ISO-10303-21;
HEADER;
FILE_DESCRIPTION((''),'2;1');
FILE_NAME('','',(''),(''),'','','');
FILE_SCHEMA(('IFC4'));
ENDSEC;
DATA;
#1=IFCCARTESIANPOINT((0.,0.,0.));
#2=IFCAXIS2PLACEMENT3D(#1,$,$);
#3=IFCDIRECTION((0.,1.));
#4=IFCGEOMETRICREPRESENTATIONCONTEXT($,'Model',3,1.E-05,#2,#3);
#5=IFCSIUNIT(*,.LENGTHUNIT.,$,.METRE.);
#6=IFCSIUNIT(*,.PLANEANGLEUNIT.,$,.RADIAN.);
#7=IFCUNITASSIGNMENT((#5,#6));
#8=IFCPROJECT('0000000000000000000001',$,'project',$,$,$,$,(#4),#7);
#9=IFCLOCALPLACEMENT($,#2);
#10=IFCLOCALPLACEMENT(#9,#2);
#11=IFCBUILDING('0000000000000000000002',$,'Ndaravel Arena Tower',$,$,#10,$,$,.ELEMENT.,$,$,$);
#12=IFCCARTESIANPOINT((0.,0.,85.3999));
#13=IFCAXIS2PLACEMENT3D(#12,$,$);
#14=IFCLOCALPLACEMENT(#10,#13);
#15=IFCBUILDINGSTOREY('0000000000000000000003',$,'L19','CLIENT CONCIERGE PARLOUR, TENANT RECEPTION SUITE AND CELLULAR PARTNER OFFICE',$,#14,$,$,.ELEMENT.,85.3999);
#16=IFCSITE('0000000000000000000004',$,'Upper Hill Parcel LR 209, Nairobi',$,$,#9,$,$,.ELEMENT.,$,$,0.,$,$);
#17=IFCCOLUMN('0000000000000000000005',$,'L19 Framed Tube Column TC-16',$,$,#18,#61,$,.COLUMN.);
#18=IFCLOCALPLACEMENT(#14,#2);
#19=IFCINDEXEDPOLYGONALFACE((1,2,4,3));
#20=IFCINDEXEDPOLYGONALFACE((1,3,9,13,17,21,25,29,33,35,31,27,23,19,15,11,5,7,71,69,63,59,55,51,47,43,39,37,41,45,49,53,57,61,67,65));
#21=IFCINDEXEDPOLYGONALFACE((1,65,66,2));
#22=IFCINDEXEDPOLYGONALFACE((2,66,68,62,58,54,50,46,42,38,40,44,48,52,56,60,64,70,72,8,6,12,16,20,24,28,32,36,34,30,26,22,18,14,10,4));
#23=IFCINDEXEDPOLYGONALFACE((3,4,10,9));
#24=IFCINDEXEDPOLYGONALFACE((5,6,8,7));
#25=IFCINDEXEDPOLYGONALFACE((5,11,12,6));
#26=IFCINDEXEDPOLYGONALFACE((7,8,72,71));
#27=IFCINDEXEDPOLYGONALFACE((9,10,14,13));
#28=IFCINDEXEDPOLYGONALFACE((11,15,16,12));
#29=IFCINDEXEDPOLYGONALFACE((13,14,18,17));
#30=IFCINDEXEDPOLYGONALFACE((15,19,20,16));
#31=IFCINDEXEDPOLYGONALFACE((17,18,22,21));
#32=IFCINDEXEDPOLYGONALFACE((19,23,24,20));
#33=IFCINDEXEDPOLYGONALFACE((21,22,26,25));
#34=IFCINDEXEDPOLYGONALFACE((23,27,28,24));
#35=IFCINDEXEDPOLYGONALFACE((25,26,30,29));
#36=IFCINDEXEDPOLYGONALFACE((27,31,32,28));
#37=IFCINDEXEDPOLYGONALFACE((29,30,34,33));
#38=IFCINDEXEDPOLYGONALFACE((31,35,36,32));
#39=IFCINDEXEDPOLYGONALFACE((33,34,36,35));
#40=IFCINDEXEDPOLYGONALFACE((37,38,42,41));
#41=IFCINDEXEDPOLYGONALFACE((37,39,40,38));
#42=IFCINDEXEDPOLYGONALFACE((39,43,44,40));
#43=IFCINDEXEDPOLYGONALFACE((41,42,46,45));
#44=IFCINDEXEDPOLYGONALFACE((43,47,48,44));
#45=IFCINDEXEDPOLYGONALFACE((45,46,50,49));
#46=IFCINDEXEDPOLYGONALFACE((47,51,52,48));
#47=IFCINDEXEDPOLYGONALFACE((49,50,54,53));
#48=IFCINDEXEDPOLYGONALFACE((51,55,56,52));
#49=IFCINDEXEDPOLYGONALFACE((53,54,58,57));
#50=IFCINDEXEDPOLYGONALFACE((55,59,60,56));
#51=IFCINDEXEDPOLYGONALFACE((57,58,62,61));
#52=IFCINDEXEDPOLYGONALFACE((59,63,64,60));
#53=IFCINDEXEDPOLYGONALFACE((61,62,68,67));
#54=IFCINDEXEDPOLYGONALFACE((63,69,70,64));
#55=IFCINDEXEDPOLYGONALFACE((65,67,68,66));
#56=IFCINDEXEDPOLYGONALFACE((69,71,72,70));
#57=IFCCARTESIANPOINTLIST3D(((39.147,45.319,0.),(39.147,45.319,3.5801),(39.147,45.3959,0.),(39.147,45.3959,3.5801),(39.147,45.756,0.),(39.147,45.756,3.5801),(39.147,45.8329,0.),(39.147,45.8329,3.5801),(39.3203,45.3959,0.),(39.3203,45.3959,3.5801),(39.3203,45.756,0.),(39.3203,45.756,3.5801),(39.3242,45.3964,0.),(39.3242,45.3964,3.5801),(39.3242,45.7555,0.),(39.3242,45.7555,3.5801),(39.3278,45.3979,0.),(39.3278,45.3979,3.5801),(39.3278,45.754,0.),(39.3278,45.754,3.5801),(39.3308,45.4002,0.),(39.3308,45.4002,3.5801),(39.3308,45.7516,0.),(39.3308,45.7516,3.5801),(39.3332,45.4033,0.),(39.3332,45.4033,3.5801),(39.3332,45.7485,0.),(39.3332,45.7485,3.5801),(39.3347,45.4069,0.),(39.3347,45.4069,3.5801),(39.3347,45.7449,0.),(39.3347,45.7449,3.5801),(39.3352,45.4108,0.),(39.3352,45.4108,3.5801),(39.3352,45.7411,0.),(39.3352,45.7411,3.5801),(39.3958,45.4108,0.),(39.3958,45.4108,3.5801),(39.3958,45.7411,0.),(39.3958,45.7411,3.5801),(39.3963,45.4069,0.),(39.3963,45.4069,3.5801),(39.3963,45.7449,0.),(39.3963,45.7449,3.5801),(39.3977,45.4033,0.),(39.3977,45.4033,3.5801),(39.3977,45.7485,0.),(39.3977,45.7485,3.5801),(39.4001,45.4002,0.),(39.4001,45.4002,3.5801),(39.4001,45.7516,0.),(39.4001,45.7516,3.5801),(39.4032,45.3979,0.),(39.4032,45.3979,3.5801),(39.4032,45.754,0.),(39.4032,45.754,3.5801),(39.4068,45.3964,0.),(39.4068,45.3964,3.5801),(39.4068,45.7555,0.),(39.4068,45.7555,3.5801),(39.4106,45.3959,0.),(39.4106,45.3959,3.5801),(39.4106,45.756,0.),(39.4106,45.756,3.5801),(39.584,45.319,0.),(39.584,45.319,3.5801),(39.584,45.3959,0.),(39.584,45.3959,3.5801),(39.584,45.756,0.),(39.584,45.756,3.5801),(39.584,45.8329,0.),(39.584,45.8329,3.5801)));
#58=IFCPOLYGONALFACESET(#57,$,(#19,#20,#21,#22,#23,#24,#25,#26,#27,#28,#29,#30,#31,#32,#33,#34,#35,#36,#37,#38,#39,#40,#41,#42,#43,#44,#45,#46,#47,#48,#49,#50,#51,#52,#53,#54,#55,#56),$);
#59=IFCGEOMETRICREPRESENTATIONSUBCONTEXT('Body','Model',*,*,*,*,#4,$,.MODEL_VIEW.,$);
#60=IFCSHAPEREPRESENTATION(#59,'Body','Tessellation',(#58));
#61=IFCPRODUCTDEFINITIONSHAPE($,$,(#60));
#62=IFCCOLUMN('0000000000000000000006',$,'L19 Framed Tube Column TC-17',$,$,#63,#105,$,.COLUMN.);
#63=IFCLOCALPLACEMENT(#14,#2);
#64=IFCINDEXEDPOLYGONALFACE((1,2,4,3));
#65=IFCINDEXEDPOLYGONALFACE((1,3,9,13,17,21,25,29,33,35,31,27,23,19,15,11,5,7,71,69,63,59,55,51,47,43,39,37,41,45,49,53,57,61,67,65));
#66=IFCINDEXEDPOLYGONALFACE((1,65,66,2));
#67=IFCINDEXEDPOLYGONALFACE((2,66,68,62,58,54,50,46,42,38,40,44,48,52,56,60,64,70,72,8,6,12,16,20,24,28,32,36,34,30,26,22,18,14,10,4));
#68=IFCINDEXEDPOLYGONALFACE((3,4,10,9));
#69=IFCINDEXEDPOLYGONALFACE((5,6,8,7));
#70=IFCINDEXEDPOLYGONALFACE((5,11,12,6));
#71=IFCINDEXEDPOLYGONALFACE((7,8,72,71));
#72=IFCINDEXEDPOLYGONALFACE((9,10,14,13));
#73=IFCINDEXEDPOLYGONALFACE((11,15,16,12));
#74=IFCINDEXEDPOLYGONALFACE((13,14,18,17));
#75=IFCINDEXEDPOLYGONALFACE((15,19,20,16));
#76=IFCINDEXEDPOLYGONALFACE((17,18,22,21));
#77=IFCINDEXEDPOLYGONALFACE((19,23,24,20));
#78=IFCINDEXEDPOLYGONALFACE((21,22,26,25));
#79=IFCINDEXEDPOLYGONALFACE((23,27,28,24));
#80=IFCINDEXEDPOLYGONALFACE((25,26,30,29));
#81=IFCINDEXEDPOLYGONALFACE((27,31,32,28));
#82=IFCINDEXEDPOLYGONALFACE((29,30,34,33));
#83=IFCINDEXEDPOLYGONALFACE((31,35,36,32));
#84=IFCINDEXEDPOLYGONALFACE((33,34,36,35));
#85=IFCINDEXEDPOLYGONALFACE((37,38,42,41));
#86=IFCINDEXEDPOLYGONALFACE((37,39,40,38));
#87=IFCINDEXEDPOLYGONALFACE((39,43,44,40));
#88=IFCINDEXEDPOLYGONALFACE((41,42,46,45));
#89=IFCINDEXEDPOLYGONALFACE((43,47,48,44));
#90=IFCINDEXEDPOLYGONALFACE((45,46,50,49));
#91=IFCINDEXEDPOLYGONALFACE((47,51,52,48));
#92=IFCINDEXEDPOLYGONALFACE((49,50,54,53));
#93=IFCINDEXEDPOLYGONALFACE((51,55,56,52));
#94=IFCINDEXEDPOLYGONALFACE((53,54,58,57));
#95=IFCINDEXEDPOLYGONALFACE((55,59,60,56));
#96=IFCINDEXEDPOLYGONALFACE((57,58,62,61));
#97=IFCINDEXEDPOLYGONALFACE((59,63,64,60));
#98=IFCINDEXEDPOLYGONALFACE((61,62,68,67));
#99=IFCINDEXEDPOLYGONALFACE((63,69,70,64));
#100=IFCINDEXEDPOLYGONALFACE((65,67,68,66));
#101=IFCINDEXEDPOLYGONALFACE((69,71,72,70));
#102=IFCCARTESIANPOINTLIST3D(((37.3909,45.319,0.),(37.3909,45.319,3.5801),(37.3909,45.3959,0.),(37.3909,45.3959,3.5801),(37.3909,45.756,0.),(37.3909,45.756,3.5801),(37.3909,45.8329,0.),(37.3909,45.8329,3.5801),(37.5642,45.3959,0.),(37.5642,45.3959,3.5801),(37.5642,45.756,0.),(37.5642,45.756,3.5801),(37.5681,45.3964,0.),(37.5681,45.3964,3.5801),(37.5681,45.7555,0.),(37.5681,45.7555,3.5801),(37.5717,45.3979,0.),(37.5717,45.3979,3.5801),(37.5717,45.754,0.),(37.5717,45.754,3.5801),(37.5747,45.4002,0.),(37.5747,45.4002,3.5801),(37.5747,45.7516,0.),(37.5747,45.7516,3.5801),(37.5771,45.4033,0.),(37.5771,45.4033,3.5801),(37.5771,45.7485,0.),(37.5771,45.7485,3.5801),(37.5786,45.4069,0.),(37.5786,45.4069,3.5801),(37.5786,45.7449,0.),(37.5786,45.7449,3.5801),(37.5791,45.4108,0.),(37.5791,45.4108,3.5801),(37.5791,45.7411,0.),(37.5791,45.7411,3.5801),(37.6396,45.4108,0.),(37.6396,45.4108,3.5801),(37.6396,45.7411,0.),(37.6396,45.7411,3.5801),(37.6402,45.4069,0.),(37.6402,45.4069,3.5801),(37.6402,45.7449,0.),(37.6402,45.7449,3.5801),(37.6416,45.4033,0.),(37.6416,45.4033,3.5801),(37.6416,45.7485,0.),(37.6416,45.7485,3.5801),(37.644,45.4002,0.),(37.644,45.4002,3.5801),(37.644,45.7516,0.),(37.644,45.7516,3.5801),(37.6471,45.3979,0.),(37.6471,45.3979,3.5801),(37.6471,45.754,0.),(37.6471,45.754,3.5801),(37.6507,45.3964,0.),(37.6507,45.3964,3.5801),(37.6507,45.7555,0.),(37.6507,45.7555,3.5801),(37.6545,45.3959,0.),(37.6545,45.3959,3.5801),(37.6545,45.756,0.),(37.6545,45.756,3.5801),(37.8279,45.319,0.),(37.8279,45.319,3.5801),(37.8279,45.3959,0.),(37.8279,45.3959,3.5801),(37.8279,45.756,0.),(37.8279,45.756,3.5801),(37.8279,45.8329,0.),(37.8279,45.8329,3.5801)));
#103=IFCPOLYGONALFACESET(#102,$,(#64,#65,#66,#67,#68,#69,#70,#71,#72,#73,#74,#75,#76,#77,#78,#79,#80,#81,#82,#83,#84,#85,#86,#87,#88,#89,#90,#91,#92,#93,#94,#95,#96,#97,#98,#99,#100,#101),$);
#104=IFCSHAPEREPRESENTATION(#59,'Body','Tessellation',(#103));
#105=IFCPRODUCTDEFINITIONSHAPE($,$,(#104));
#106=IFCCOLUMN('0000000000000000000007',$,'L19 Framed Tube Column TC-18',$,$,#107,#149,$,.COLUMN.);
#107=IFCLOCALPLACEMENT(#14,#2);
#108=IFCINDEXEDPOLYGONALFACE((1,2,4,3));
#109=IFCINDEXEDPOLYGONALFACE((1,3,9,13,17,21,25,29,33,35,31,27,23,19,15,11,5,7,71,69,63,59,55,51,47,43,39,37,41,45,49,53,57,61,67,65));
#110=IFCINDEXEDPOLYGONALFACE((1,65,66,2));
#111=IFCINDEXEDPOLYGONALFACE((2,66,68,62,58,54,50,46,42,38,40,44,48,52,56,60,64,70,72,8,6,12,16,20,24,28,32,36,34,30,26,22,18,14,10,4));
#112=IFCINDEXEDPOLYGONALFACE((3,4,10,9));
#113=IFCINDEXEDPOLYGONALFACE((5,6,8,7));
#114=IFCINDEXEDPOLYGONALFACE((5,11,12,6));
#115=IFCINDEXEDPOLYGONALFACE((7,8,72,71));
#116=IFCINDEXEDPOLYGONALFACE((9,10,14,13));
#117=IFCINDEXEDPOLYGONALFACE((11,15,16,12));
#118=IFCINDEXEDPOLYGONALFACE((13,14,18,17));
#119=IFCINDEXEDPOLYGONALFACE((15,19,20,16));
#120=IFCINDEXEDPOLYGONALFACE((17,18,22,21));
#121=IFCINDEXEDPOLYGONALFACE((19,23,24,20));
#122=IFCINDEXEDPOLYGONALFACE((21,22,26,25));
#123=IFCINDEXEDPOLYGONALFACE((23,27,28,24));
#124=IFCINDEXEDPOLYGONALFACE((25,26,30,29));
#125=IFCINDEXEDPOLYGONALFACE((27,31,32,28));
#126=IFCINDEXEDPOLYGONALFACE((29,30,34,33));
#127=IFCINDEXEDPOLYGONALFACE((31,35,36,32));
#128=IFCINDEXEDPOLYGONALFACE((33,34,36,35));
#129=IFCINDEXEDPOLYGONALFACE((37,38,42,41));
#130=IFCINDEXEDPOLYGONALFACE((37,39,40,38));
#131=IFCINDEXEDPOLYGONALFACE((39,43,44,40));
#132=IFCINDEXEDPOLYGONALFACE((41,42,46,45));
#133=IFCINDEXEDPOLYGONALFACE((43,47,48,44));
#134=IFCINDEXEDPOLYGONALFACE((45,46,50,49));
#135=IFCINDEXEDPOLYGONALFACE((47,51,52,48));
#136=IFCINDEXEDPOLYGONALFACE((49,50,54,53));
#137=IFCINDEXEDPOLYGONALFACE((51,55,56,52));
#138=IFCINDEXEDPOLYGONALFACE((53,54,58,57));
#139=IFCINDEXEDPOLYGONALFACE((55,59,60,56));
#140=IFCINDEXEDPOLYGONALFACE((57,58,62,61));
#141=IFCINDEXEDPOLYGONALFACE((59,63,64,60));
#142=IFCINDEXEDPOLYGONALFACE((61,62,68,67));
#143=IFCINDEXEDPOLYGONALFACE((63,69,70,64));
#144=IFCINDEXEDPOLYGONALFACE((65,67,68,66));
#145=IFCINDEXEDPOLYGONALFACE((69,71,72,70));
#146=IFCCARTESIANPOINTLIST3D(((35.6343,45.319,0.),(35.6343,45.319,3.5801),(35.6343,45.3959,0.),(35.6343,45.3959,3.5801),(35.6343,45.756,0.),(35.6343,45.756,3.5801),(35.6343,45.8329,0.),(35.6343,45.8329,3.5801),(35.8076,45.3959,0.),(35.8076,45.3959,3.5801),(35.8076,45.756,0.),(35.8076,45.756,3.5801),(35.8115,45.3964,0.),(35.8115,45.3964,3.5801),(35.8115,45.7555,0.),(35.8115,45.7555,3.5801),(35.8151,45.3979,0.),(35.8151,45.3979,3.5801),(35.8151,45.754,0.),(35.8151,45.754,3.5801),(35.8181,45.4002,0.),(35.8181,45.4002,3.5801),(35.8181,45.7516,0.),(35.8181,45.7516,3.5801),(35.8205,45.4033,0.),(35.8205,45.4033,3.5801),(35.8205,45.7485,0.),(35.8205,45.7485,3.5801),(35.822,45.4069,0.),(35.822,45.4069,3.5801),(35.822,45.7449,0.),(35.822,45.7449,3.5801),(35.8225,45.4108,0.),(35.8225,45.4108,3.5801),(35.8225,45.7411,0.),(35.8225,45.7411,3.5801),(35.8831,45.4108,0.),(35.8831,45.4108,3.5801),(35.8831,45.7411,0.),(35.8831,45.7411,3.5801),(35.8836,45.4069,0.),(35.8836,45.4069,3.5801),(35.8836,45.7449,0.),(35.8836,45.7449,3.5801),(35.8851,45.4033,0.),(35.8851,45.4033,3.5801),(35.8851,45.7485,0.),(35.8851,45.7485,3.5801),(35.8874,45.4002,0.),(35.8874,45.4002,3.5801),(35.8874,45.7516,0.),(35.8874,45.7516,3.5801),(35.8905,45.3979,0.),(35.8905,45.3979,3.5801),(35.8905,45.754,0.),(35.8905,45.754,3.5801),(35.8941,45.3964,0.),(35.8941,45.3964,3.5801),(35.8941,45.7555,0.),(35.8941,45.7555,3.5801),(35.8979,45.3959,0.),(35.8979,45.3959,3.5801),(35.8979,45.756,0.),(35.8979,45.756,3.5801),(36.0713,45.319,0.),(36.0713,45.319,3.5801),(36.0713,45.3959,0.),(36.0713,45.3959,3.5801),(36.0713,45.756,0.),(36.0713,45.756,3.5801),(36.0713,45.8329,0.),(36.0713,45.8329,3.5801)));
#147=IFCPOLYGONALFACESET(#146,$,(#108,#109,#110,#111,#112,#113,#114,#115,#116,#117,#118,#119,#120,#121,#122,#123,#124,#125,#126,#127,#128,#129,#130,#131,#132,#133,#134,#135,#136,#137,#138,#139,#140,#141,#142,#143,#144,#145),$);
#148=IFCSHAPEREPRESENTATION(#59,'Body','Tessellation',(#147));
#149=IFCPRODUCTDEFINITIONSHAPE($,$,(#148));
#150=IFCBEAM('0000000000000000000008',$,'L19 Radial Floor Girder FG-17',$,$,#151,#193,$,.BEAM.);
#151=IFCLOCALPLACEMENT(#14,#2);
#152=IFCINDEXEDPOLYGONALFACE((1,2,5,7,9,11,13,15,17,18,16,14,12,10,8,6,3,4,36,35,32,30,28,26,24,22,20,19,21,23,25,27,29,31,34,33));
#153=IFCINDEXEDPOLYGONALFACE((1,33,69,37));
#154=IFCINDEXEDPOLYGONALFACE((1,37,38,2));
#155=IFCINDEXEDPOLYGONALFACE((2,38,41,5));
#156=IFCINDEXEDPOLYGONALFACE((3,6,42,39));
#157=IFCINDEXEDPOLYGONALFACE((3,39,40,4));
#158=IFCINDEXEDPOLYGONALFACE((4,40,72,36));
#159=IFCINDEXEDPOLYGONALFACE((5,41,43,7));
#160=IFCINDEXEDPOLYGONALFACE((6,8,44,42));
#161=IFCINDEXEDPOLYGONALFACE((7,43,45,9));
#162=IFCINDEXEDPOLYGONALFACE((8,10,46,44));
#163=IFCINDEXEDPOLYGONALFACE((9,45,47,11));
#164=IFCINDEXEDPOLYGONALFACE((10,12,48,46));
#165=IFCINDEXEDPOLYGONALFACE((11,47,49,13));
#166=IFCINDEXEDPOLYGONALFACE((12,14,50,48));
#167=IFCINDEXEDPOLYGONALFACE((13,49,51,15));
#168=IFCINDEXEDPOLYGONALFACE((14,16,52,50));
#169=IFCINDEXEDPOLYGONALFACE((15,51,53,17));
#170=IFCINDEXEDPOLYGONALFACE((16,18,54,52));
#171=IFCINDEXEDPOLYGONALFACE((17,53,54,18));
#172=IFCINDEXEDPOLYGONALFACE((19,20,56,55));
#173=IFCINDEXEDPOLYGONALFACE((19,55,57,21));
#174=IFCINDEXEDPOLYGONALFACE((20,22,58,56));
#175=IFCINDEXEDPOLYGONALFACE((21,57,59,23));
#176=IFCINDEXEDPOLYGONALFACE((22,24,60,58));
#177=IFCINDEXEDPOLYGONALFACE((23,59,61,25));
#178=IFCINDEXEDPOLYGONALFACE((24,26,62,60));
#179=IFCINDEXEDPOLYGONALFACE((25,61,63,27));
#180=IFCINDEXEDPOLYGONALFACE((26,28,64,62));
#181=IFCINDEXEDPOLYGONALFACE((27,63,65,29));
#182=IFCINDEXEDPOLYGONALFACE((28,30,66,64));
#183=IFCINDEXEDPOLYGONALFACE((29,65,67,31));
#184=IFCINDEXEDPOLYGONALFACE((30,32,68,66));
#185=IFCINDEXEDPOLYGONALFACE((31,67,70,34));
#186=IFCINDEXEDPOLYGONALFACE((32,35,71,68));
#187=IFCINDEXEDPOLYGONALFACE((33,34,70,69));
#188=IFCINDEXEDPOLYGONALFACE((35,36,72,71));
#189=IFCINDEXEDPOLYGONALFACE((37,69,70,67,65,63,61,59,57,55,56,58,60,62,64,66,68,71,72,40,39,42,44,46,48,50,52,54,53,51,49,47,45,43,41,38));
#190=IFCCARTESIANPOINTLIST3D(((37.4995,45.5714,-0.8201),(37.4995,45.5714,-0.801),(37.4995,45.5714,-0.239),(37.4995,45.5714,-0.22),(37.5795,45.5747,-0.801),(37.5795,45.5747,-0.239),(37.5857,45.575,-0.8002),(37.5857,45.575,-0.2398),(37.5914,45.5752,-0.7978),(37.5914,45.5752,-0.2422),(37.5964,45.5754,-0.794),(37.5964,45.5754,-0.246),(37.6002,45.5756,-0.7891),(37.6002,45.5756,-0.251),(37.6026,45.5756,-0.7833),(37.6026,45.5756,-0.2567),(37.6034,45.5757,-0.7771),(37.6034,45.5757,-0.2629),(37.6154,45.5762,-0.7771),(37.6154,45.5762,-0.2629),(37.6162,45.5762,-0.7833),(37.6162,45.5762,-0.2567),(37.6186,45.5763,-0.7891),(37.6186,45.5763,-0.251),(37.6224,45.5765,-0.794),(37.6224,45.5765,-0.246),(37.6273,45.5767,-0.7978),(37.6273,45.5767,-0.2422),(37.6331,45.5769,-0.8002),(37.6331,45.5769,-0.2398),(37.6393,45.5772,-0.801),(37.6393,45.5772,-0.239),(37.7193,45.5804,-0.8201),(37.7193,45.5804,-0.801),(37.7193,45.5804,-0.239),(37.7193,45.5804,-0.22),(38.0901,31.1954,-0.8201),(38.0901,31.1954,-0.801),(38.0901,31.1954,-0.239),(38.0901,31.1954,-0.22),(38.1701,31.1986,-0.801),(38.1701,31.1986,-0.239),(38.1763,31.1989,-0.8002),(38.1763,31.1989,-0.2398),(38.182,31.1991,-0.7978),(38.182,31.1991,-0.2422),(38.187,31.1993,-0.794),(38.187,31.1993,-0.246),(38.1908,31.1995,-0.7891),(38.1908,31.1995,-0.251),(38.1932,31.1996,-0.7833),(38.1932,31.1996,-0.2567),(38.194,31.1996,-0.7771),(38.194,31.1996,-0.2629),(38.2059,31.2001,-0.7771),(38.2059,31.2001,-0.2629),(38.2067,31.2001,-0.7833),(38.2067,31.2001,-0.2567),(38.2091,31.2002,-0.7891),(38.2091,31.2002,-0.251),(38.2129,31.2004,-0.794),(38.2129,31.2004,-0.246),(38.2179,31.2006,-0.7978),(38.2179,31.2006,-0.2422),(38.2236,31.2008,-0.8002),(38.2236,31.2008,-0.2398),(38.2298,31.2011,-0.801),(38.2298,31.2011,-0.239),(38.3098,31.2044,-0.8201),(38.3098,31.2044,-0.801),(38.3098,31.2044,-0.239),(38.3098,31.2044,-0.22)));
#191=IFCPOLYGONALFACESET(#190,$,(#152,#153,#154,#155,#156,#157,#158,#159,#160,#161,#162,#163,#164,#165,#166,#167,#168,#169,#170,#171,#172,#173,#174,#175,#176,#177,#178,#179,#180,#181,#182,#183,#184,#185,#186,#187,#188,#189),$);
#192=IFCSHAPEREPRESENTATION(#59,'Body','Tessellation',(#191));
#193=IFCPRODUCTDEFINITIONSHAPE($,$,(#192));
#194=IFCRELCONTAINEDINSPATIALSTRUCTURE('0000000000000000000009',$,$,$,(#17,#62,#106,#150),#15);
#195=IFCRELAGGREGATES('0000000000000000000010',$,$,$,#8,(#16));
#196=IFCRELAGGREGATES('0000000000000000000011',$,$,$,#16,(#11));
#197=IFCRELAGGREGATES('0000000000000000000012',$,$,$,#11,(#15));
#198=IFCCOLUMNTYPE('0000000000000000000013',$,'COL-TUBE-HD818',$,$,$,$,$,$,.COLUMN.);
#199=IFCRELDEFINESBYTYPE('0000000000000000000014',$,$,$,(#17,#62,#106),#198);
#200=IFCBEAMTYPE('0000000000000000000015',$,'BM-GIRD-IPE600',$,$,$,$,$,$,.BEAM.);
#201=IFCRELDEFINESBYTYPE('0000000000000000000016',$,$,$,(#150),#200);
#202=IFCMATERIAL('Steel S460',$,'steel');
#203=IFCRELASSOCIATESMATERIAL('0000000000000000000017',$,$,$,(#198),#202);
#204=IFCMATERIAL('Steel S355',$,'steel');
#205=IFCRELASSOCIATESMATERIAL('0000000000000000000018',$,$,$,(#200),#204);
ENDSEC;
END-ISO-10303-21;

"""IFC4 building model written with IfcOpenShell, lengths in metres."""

from ifc_helpers import new_model, si_unit, direction, frame, origin, origin_2d, place, context, subcontext, project, spatial, i_section, extrude, material, material_profile, profile_set, type_object, element, save


model = new_model("IFC4")

# Units and contexts
model_context = context("Model", 3, precision=1e-05, world=origin(), true_north=direction((0.0, 1.0)))
body_context = subcontext(model_context, "Body", "Model", "MODEL_VIEW")
ifc_project = project(units=[si_unit("LENGTHUNIT", "METRE"), si_unit("PLANEANGLEUNIT", "RADIAN")], contexts=[model_context])

# Site, building, storey
site_placement = place(None, origin())
site = spatial("IfcSite", under=ifc_project, at=site_placement, Name="Upper Hill Parcel LR 209, Nairobi", CompositionType="ELEMENT", RefElevation=0.0)
building_placement = place(site_placement, origin())
building = spatial("IfcBuilding", under=site, at=building_placement, Name="Ndaravel Arena Tower", CompositionType="ELEMENT")
storey_placement = place(building_placement, frame((0.0, 0.0, 85.3999)))
storey = spatial("IfcBuildingStorey", under=building, at=storey_placement, Name="L19", Description="CLIENT CONCIERGE PARLOUR, TENANT RECEPTION SUITE AND CELLULAR PARTNER OFFICE", CompositionType="ELEMENT", Elevation=85.3999)

# Columns
ifc_material_1 = material(Name="Steel S460", Category="steel")
ifc_material_profile_1 = material_profile(ifc_material_1, i_section(OverallWidth=0.437, OverallDepth=0.5139, WebThickness=0.0605, FlangeThickness=0.0769, FilletRadius=0.0149, at=origin_2d()), Name="HD 400x818")
ifc_profile_set_1 = profile_set([ifc_material_profile_1], Name="Steel S460")
column_type = type_object("IfcColumnType", Name="COL-TUBE-HD818", PredefinedType="COLUMN", material=ifc_profile_set_1)
for number, where, z_axis, x_axis, name in (
    (1, (39.3655, 45.5759, 0.0), (0.0, 0.0, 1.0), (1.0, 0.0, 0.0), "L19 Framed Tube Column TC-16"),
    (2, (37.6094, 45.5759, 0.0), (0.0, 0.0, 1.0), (1.0, 0.0, 0.0), "L19 Framed Tube Column TC-17"),
    (3, (35.8528, 45.5759, 0.0), (0.0, 0.0, 1.0), (1.0, 0.0, 0.0), "L19 Framed Tube Column TC-18"),
):
    element("IfcColumn", number, at=place(storey_placement, frame(where, z_axis=z_axis, x_axis=x_axis)), inside=storey, type_object=column_type, Name=name, PredefinedType="COLUMN", context=body_context, shape_type="SweptSolid", body=[
        extrude(i_section(OverallWidth=0.437, OverallDepth=0.5139, WebThickness=0.0605, FlangeThickness=0.0769, FilletRadius=0.0149, at=origin_2d()), origin(), (0.0, 0.0, 1.0), 3.5801),
    ])

# Beam
ifc_material_2 = material(Name="Steel S355", Category="steel")
ifc_material_profile_2 = material_profile(ifc_material_2, i_section(OverallWidth=0.22, OverallDepth=0.6001, WebThickness=0.012, FlangeThickness=0.019, FilletRadius=0.0239, at=origin_2d()), Name="IPE 600")
ifc_profile_set_2 = profile_set([ifc_material_profile_2], Name="Steel S355")
beam_type_1 = type_object("IfcBeamType", Name="BM-GIRD-IPE600", PredefinedType="BEAM", material=ifc_profile_set_2)
beam_1_placement = place(storey_placement, frame((37.6094, 45.5759, -0.52), z_axis=(0.041046, -0.999157, 0.0), x_axis=(0.999157, 0.041046, 0.0)))
element("IfcBeam", 4, at=beam_1_placement, inside=storey, type_object=beam_type_1, Name="L19 Radial Floor Girder FG-17", PredefinedType="BEAM", context=body_context, shape_type="SweptSolid", body=[
    extrude(i_section(OverallWidth=0.22, OverallDepth=0.6001, WebThickness=0.012, FlangeThickness=0.019, FilletRadius=0.0239, at=origin_2d()), origin(), (0.0, 0.0, 1.0), 14.3882),
])

save(model, "model.ifc")
